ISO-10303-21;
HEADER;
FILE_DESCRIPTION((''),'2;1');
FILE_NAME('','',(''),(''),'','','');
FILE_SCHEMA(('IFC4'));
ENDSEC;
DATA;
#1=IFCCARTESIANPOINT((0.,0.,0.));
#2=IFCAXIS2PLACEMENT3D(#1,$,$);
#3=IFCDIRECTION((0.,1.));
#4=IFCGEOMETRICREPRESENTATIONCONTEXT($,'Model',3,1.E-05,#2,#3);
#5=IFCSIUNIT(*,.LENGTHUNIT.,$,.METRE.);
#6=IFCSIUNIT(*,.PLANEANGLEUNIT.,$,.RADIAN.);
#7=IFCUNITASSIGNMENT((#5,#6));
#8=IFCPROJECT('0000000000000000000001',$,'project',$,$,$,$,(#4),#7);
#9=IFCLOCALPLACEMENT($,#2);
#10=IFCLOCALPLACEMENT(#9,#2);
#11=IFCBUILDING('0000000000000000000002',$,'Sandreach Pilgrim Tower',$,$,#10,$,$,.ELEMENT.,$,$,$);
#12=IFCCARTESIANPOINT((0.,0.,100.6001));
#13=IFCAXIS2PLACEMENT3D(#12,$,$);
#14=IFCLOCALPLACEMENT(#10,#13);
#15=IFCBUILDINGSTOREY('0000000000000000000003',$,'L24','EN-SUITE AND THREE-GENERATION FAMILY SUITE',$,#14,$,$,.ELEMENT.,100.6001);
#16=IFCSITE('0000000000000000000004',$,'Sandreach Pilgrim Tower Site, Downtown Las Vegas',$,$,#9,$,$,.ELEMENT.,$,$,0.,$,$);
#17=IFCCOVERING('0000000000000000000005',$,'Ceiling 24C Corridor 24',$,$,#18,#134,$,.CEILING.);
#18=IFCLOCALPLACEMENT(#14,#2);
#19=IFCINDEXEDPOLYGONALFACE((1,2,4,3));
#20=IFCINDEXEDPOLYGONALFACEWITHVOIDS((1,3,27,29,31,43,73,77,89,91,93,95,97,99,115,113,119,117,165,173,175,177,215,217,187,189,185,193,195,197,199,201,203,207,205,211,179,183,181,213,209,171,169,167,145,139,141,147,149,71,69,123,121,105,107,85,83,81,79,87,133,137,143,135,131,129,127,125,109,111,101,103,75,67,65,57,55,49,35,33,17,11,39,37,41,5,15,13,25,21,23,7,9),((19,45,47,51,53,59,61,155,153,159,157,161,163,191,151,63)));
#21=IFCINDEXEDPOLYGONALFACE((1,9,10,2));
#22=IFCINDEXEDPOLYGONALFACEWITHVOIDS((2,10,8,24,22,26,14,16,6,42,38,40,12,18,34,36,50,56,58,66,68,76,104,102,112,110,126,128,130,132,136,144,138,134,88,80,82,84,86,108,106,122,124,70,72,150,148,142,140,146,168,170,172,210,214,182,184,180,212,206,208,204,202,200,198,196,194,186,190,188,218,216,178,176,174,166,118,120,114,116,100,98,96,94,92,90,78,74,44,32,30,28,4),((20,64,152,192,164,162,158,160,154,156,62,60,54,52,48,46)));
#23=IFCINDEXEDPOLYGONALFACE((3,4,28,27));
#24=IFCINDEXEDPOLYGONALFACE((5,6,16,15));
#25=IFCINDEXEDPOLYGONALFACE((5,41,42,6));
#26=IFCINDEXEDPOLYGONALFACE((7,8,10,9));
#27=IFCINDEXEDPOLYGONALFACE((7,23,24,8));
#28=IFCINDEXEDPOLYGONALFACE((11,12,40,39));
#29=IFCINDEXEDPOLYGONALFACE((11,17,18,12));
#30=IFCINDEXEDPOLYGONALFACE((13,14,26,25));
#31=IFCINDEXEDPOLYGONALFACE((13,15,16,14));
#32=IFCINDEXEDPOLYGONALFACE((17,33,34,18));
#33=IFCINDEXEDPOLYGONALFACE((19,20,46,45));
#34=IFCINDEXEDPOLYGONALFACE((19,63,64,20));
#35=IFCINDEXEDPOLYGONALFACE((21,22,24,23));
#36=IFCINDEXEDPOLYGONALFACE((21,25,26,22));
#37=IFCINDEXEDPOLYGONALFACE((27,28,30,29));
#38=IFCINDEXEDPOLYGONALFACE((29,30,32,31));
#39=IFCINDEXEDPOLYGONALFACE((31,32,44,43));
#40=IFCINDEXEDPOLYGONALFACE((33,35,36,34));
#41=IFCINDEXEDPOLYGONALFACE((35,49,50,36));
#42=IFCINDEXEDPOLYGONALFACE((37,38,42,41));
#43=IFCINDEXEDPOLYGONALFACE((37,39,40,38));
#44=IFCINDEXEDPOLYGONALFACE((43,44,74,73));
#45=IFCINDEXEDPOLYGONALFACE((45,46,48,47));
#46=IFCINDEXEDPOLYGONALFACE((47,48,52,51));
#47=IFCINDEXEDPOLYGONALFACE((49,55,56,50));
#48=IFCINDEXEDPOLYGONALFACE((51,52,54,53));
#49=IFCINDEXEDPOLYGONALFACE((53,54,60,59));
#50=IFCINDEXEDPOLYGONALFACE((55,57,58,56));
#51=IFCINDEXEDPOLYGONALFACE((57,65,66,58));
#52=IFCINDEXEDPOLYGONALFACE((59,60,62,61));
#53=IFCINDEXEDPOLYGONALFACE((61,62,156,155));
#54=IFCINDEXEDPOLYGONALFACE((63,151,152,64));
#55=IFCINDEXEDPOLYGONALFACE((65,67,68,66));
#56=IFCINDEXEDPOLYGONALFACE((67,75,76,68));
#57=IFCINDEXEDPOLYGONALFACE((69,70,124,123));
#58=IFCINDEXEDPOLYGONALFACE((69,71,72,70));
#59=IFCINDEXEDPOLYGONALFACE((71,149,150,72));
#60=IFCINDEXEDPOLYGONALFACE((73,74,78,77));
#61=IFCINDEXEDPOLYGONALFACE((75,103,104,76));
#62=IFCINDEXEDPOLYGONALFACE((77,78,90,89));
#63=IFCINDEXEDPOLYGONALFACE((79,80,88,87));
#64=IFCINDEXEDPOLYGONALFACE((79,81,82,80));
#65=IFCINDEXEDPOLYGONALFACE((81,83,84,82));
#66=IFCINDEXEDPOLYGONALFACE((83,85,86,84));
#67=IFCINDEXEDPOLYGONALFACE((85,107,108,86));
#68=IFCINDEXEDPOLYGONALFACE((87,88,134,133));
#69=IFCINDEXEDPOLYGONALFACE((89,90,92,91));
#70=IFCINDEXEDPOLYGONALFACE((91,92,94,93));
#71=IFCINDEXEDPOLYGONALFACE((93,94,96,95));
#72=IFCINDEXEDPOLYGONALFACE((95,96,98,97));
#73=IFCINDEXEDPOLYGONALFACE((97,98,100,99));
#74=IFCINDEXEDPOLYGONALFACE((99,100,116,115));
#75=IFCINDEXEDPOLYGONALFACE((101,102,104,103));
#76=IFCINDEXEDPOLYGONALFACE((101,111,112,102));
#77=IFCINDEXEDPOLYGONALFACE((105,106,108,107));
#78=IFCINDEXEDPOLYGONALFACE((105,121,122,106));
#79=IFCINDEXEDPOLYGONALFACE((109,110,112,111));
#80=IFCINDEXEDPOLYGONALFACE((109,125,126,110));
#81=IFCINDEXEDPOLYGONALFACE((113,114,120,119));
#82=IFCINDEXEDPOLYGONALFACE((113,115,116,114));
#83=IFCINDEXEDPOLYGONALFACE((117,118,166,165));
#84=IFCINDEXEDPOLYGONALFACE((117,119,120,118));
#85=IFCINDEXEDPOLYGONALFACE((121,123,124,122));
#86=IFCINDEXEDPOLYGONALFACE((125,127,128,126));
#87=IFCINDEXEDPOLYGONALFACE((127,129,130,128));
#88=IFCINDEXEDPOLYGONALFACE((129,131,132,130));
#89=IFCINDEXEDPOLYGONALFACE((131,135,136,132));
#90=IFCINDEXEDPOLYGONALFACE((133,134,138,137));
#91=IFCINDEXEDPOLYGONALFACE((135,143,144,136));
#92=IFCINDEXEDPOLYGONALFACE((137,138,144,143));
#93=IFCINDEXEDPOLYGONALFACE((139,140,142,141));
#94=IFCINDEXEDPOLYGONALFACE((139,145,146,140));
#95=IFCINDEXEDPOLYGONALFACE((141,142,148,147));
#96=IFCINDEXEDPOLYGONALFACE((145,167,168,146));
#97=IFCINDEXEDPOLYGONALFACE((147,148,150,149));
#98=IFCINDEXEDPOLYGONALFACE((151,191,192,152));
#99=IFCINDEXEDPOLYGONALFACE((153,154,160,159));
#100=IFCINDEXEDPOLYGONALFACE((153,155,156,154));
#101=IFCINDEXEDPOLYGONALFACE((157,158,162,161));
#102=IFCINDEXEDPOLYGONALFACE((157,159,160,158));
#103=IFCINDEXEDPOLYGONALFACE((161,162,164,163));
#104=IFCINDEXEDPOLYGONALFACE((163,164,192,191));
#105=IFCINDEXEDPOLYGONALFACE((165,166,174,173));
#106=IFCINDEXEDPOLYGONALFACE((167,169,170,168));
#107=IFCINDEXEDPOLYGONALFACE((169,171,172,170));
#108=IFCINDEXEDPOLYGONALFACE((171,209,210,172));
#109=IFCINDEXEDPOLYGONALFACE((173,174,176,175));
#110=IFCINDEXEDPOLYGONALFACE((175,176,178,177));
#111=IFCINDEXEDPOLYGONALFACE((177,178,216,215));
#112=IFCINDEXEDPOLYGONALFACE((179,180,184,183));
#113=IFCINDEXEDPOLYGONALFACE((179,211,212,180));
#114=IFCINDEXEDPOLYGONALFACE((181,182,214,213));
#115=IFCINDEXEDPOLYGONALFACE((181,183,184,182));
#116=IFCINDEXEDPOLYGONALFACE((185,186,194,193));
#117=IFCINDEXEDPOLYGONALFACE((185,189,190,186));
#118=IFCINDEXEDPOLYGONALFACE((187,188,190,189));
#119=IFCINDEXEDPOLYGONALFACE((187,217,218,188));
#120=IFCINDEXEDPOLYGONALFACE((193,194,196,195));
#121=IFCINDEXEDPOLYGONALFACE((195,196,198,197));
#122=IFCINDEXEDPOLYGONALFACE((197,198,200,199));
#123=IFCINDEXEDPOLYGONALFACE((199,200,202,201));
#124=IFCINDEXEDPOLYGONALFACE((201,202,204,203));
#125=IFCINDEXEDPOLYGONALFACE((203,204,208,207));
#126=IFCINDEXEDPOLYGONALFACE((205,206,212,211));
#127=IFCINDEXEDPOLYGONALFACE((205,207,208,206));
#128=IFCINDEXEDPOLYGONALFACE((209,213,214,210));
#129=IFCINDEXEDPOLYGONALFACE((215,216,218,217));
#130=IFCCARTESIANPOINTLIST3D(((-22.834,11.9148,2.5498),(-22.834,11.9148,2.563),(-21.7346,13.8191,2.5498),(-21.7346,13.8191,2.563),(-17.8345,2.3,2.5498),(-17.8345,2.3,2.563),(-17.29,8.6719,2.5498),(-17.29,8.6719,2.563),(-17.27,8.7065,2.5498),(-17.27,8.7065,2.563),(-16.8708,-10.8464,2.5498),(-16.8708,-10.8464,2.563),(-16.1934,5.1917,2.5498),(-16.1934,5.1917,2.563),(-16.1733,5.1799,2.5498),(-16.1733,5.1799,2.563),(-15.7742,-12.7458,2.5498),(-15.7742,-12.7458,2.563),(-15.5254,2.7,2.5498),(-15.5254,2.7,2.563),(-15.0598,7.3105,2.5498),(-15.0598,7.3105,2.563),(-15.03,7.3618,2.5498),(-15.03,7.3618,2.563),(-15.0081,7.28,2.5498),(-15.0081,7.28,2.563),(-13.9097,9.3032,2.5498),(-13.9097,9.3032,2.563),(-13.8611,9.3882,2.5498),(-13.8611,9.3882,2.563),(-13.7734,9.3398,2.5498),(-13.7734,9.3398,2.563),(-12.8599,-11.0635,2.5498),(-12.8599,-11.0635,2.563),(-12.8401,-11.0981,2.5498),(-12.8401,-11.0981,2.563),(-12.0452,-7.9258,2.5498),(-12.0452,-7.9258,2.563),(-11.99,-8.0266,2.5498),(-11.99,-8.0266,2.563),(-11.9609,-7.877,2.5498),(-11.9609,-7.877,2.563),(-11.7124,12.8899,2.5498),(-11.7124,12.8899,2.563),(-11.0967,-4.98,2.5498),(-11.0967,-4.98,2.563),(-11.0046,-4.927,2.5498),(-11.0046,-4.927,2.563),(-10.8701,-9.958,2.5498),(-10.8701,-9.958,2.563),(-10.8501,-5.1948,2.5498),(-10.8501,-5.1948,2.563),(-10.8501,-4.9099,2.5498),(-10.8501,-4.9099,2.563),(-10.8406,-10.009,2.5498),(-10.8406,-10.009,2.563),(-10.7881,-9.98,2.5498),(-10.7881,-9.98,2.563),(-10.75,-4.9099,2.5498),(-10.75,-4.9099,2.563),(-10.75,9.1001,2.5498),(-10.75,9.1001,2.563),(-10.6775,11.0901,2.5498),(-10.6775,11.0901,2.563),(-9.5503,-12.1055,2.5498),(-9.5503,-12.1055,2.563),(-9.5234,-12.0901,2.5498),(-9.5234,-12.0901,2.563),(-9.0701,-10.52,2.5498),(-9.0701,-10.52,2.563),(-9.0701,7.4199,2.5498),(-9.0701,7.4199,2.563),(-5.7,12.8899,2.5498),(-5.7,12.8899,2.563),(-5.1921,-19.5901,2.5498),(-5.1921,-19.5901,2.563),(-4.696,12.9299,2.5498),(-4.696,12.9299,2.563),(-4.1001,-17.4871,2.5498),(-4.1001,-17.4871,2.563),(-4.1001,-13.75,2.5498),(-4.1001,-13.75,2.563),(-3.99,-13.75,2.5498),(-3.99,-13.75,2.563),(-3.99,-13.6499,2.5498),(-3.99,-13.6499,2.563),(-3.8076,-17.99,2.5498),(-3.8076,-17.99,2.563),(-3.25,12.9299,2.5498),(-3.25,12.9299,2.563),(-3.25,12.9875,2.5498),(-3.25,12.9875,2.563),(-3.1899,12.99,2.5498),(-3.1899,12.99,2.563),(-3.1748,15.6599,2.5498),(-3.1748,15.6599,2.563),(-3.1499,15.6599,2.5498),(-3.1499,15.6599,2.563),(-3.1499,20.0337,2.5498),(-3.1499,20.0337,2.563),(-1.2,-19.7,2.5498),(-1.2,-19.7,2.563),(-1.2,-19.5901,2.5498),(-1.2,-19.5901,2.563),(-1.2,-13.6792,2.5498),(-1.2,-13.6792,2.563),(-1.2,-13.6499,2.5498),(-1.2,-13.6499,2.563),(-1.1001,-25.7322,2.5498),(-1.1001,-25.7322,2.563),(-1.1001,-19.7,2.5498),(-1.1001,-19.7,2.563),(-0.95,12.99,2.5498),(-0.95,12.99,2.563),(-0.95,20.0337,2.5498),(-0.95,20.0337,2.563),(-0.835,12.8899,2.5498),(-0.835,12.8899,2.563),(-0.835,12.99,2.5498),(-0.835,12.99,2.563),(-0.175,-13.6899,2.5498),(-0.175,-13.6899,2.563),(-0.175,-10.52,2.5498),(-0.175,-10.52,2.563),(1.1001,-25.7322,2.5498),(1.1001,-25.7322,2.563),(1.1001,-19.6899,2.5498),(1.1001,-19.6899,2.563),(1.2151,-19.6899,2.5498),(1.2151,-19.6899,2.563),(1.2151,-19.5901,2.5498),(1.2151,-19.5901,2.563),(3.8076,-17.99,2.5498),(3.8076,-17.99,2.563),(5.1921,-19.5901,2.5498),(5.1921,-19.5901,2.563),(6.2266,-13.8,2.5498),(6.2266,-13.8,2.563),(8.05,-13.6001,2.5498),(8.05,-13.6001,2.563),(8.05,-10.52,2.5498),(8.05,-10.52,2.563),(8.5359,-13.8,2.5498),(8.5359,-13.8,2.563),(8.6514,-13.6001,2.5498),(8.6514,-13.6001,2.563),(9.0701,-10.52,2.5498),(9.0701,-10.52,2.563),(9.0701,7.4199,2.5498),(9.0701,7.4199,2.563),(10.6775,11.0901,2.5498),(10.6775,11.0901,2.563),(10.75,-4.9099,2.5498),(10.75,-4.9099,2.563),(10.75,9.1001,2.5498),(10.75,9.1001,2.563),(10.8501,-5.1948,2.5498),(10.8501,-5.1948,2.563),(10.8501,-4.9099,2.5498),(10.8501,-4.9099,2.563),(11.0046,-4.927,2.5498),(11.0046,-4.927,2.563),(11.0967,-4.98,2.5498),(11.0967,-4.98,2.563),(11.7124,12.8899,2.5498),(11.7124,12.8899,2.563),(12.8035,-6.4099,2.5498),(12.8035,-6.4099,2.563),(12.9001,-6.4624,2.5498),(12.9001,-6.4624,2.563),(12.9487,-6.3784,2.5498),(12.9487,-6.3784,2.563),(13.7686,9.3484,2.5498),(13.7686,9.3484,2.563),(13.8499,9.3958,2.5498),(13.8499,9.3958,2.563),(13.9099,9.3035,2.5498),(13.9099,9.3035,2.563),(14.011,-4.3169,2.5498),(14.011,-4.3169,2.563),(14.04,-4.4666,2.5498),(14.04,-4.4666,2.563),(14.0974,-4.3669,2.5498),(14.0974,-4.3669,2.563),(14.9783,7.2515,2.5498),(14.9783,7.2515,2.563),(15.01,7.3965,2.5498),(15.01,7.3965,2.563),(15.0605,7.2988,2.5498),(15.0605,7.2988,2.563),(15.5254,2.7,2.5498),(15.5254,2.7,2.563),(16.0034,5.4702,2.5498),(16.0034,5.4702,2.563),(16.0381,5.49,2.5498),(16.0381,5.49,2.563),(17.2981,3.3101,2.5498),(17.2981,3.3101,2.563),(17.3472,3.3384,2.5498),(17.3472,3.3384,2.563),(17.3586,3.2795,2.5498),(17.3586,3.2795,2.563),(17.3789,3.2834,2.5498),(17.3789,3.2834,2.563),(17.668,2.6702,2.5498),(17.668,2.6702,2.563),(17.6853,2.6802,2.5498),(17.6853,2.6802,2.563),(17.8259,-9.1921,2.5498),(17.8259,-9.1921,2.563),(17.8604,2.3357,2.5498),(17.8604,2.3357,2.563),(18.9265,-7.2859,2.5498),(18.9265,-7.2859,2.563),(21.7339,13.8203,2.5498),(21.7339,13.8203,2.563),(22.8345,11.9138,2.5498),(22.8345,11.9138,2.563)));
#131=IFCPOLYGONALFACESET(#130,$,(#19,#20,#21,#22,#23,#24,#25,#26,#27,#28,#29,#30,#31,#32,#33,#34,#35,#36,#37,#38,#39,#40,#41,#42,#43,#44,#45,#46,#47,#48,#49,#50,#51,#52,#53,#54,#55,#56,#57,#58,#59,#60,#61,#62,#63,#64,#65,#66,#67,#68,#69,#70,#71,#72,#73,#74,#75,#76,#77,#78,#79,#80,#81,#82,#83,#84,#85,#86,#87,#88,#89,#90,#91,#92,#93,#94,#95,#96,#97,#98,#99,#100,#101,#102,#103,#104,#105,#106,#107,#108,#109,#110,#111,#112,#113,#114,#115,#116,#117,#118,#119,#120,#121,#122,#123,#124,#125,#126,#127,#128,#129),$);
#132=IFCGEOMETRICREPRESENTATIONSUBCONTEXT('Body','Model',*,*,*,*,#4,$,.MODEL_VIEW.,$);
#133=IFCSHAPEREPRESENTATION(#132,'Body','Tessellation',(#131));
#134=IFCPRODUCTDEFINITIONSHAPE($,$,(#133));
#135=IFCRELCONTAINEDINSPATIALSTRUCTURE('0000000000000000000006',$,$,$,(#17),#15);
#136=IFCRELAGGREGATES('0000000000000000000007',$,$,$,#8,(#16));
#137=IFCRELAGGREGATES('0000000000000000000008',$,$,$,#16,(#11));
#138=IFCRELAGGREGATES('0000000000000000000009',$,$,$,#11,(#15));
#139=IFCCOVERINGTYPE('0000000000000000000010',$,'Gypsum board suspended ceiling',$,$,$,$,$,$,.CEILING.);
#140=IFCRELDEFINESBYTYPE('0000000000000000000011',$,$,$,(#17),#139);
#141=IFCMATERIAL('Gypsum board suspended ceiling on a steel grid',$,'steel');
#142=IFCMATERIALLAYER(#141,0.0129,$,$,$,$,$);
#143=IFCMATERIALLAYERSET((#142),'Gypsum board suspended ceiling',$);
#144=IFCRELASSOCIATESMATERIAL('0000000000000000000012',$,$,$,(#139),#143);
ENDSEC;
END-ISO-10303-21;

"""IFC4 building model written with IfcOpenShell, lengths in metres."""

from ifc_helpers import new_model, si_unit, direction, frame, origin, place, context, subcontext, project, spatial, polyline, outline, extrude, material, layer, layer_set, type_object, element, save


model = new_model("IFC4")

# Units and contexts
model_context = context("Model", 3, precision=1e-05, world=origin(), true_north=direction((0.0, 1.0)))
body_context = subcontext(model_context, "Body", "Model", "MODEL_VIEW")
ifc_project = project(units=[si_unit("LENGTHUNIT", "METRE"), si_unit("PLANEANGLEUNIT", "RADIAN")], contexts=[model_context])

# Site, building, storey
site_placement = place(None, origin())
site = spatial("IfcSite", under=ifc_project, at=site_placement, Name="Sandreach Pilgrim Tower Site, Downtown Las Vegas", CompositionType="ELEMENT", RefElevation=0.0)
building_placement = place(site_placement, origin())
building = spatial("IfcBuilding", under=site, at=building_placement, Name="Sandreach Pilgrim Tower", CompositionType="ELEMENT")
storey_placement = place(building_placement, frame((0.0, 0.0, 100.6001)))
storey = spatial("IfcBuildingStorey", under=building, at=storey_placement, Name="L24", Description="EN-SUITE AND THREE-GENERATION FAMILY SUITE", CompositionType="ELEMENT", Elevation=100.6001)

# Covering
ifc_material_1 = material(Name="Gypsum board suspended ceiling on a steel grid", Category="steel")
ifc_layer_1 = layer(ifc_material_1, 0.0129)
ifc_layer_set_1 = layer_set([ifc_layer_1], Name="Gypsum board suspended ceiling")
covering_type_1 = type_object("IfcCoveringType", Name="Gypsum board suspended ceiling", PredefinedType="CEILING", material=ifc_layer_set_1)
covering_1_placement = place(storey_placement, frame((0.0, 0.0, 2.5498)))
element("IfcCovering", 1, at=covering_1_placement, inside=storey, type_object=covering_type_1, Name="Ceiling 24C Corridor 24", PredefinedType="CEILING", context=body_context, shape_type="SweptSolid", body=[
    extrude(outline(polyline([(-17.29, 8.6719), (-17.27, 8.7065), (-22.834, 11.9148), (-21.7346, 13.8191), (-13.9097, 9.3032), (-13.8611, 9.3882), (-13.7734, 9.3398), (-11.7124, 12.8899), (-5.7, 12.8899), (-4.696, 12.9299), (-3.25, 12.9299), (-3.25, 12.9875), (-3.1899, 12.99), (-3.1748, 15.6599), (-3.1499, 15.6599), (-3.1499, 20.0337), (-0.95, 20.0337), (-0.95, 12.99), (-0.835, 12.99), (-0.835, 12.8899), (11.7124, 12.8899), (13.7686, 9.3484), (13.8499, 9.3958), (13.9099, 9.3035), (21.7339, 13.8203), (22.8345, 11.9138), (15.01, 7.3965), (15.0605, 7.2988), (14.9783, 7.2515), (16.0034, 5.4702), (16.0381, 5.49), (17.2981, 3.3101), (17.3472, 3.3384), (17.3586, 3.2795), (17.3789, 3.2834), (17.6853, 2.6802), (17.668, 2.6702), (17.8604, 2.3357), (14.011, -4.3169), (14.0974, -4.3669), (14.04, -4.4666), (18.9265, -7.2859), (17.8259, -9.1921), (12.9487, -6.3784), (12.9001, -6.4624), (12.8035, -6.4099), (8.6514, -13.6001), (8.05, -13.6001), (8.05, -10.52), (9.0701, -10.52), (9.0701, 7.4199), (-9.0701, 7.4199), (-9.0701, -10.52), (-0.175, -10.52), (-0.175, -13.6899), (-1.2, -13.6792), (-1.2, -13.6499), (-3.99, -13.6499), (-3.99, -13.75), (-4.1001, -13.75), (-4.1001, -17.4871), (-3.8076, -17.99), (3.8076, -17.99), (6.2266, -13.8), (8.5359, -13.8), (5.1921, -19.5901), (1.2151, -19.5901), (1.2151, -19.6899), (1.1001, -19.6899), (1.1001, -25.7322), (-1.1001, -25.7322), (-1.1001, -19.7), (-1.2, -19.7), (-1.2, -19.5901), (-5.1921, -19.5901), (-9.5234, -12.0901), (-9.5503, -12.1055), (-10.7881, -9.98), (-10.8406, -10.009), (-10.8701, -9.958), (-12.8401, -11.0981), (-12.8599, -11.0635), (-15.7742, -12.7458), (-16.8708, -10.8464), (-11.99, -8.0266), (-12.0452, -7.9258), (-11.9609, -7.877), (-17.8345, 2.3), (-16.1733, 5.1799), (-16.1934, 5.1917), (-15.0081, 7.28), (-15.0598, 7.3105), (-15.03, 7.3618), (-17.29, 8.6719)]), holes=[polyline([(-15.5254, 2.7), (-11.0967, -4.98), (-11.0046, -4.927), (-10.8501, -5.1948), (-10.8501, -4.9099), (-10.75, -4.9099), (-10.75, 9.1001), (10.75, 9.1001), (10.75, -4.9099), (10.8501, -4.9099), (10.8501, -5.1948), (11.0046, -4.927), (11.0967, -4.98), (15.5254, 2.7), (10.6775, 11.0901), (-10.6775, 11.0901), (-15.5254, 2.7)])]), origin(), (0.0, 0.0, 1.0), 0.0132),
])

save(model, "model.ifc")
